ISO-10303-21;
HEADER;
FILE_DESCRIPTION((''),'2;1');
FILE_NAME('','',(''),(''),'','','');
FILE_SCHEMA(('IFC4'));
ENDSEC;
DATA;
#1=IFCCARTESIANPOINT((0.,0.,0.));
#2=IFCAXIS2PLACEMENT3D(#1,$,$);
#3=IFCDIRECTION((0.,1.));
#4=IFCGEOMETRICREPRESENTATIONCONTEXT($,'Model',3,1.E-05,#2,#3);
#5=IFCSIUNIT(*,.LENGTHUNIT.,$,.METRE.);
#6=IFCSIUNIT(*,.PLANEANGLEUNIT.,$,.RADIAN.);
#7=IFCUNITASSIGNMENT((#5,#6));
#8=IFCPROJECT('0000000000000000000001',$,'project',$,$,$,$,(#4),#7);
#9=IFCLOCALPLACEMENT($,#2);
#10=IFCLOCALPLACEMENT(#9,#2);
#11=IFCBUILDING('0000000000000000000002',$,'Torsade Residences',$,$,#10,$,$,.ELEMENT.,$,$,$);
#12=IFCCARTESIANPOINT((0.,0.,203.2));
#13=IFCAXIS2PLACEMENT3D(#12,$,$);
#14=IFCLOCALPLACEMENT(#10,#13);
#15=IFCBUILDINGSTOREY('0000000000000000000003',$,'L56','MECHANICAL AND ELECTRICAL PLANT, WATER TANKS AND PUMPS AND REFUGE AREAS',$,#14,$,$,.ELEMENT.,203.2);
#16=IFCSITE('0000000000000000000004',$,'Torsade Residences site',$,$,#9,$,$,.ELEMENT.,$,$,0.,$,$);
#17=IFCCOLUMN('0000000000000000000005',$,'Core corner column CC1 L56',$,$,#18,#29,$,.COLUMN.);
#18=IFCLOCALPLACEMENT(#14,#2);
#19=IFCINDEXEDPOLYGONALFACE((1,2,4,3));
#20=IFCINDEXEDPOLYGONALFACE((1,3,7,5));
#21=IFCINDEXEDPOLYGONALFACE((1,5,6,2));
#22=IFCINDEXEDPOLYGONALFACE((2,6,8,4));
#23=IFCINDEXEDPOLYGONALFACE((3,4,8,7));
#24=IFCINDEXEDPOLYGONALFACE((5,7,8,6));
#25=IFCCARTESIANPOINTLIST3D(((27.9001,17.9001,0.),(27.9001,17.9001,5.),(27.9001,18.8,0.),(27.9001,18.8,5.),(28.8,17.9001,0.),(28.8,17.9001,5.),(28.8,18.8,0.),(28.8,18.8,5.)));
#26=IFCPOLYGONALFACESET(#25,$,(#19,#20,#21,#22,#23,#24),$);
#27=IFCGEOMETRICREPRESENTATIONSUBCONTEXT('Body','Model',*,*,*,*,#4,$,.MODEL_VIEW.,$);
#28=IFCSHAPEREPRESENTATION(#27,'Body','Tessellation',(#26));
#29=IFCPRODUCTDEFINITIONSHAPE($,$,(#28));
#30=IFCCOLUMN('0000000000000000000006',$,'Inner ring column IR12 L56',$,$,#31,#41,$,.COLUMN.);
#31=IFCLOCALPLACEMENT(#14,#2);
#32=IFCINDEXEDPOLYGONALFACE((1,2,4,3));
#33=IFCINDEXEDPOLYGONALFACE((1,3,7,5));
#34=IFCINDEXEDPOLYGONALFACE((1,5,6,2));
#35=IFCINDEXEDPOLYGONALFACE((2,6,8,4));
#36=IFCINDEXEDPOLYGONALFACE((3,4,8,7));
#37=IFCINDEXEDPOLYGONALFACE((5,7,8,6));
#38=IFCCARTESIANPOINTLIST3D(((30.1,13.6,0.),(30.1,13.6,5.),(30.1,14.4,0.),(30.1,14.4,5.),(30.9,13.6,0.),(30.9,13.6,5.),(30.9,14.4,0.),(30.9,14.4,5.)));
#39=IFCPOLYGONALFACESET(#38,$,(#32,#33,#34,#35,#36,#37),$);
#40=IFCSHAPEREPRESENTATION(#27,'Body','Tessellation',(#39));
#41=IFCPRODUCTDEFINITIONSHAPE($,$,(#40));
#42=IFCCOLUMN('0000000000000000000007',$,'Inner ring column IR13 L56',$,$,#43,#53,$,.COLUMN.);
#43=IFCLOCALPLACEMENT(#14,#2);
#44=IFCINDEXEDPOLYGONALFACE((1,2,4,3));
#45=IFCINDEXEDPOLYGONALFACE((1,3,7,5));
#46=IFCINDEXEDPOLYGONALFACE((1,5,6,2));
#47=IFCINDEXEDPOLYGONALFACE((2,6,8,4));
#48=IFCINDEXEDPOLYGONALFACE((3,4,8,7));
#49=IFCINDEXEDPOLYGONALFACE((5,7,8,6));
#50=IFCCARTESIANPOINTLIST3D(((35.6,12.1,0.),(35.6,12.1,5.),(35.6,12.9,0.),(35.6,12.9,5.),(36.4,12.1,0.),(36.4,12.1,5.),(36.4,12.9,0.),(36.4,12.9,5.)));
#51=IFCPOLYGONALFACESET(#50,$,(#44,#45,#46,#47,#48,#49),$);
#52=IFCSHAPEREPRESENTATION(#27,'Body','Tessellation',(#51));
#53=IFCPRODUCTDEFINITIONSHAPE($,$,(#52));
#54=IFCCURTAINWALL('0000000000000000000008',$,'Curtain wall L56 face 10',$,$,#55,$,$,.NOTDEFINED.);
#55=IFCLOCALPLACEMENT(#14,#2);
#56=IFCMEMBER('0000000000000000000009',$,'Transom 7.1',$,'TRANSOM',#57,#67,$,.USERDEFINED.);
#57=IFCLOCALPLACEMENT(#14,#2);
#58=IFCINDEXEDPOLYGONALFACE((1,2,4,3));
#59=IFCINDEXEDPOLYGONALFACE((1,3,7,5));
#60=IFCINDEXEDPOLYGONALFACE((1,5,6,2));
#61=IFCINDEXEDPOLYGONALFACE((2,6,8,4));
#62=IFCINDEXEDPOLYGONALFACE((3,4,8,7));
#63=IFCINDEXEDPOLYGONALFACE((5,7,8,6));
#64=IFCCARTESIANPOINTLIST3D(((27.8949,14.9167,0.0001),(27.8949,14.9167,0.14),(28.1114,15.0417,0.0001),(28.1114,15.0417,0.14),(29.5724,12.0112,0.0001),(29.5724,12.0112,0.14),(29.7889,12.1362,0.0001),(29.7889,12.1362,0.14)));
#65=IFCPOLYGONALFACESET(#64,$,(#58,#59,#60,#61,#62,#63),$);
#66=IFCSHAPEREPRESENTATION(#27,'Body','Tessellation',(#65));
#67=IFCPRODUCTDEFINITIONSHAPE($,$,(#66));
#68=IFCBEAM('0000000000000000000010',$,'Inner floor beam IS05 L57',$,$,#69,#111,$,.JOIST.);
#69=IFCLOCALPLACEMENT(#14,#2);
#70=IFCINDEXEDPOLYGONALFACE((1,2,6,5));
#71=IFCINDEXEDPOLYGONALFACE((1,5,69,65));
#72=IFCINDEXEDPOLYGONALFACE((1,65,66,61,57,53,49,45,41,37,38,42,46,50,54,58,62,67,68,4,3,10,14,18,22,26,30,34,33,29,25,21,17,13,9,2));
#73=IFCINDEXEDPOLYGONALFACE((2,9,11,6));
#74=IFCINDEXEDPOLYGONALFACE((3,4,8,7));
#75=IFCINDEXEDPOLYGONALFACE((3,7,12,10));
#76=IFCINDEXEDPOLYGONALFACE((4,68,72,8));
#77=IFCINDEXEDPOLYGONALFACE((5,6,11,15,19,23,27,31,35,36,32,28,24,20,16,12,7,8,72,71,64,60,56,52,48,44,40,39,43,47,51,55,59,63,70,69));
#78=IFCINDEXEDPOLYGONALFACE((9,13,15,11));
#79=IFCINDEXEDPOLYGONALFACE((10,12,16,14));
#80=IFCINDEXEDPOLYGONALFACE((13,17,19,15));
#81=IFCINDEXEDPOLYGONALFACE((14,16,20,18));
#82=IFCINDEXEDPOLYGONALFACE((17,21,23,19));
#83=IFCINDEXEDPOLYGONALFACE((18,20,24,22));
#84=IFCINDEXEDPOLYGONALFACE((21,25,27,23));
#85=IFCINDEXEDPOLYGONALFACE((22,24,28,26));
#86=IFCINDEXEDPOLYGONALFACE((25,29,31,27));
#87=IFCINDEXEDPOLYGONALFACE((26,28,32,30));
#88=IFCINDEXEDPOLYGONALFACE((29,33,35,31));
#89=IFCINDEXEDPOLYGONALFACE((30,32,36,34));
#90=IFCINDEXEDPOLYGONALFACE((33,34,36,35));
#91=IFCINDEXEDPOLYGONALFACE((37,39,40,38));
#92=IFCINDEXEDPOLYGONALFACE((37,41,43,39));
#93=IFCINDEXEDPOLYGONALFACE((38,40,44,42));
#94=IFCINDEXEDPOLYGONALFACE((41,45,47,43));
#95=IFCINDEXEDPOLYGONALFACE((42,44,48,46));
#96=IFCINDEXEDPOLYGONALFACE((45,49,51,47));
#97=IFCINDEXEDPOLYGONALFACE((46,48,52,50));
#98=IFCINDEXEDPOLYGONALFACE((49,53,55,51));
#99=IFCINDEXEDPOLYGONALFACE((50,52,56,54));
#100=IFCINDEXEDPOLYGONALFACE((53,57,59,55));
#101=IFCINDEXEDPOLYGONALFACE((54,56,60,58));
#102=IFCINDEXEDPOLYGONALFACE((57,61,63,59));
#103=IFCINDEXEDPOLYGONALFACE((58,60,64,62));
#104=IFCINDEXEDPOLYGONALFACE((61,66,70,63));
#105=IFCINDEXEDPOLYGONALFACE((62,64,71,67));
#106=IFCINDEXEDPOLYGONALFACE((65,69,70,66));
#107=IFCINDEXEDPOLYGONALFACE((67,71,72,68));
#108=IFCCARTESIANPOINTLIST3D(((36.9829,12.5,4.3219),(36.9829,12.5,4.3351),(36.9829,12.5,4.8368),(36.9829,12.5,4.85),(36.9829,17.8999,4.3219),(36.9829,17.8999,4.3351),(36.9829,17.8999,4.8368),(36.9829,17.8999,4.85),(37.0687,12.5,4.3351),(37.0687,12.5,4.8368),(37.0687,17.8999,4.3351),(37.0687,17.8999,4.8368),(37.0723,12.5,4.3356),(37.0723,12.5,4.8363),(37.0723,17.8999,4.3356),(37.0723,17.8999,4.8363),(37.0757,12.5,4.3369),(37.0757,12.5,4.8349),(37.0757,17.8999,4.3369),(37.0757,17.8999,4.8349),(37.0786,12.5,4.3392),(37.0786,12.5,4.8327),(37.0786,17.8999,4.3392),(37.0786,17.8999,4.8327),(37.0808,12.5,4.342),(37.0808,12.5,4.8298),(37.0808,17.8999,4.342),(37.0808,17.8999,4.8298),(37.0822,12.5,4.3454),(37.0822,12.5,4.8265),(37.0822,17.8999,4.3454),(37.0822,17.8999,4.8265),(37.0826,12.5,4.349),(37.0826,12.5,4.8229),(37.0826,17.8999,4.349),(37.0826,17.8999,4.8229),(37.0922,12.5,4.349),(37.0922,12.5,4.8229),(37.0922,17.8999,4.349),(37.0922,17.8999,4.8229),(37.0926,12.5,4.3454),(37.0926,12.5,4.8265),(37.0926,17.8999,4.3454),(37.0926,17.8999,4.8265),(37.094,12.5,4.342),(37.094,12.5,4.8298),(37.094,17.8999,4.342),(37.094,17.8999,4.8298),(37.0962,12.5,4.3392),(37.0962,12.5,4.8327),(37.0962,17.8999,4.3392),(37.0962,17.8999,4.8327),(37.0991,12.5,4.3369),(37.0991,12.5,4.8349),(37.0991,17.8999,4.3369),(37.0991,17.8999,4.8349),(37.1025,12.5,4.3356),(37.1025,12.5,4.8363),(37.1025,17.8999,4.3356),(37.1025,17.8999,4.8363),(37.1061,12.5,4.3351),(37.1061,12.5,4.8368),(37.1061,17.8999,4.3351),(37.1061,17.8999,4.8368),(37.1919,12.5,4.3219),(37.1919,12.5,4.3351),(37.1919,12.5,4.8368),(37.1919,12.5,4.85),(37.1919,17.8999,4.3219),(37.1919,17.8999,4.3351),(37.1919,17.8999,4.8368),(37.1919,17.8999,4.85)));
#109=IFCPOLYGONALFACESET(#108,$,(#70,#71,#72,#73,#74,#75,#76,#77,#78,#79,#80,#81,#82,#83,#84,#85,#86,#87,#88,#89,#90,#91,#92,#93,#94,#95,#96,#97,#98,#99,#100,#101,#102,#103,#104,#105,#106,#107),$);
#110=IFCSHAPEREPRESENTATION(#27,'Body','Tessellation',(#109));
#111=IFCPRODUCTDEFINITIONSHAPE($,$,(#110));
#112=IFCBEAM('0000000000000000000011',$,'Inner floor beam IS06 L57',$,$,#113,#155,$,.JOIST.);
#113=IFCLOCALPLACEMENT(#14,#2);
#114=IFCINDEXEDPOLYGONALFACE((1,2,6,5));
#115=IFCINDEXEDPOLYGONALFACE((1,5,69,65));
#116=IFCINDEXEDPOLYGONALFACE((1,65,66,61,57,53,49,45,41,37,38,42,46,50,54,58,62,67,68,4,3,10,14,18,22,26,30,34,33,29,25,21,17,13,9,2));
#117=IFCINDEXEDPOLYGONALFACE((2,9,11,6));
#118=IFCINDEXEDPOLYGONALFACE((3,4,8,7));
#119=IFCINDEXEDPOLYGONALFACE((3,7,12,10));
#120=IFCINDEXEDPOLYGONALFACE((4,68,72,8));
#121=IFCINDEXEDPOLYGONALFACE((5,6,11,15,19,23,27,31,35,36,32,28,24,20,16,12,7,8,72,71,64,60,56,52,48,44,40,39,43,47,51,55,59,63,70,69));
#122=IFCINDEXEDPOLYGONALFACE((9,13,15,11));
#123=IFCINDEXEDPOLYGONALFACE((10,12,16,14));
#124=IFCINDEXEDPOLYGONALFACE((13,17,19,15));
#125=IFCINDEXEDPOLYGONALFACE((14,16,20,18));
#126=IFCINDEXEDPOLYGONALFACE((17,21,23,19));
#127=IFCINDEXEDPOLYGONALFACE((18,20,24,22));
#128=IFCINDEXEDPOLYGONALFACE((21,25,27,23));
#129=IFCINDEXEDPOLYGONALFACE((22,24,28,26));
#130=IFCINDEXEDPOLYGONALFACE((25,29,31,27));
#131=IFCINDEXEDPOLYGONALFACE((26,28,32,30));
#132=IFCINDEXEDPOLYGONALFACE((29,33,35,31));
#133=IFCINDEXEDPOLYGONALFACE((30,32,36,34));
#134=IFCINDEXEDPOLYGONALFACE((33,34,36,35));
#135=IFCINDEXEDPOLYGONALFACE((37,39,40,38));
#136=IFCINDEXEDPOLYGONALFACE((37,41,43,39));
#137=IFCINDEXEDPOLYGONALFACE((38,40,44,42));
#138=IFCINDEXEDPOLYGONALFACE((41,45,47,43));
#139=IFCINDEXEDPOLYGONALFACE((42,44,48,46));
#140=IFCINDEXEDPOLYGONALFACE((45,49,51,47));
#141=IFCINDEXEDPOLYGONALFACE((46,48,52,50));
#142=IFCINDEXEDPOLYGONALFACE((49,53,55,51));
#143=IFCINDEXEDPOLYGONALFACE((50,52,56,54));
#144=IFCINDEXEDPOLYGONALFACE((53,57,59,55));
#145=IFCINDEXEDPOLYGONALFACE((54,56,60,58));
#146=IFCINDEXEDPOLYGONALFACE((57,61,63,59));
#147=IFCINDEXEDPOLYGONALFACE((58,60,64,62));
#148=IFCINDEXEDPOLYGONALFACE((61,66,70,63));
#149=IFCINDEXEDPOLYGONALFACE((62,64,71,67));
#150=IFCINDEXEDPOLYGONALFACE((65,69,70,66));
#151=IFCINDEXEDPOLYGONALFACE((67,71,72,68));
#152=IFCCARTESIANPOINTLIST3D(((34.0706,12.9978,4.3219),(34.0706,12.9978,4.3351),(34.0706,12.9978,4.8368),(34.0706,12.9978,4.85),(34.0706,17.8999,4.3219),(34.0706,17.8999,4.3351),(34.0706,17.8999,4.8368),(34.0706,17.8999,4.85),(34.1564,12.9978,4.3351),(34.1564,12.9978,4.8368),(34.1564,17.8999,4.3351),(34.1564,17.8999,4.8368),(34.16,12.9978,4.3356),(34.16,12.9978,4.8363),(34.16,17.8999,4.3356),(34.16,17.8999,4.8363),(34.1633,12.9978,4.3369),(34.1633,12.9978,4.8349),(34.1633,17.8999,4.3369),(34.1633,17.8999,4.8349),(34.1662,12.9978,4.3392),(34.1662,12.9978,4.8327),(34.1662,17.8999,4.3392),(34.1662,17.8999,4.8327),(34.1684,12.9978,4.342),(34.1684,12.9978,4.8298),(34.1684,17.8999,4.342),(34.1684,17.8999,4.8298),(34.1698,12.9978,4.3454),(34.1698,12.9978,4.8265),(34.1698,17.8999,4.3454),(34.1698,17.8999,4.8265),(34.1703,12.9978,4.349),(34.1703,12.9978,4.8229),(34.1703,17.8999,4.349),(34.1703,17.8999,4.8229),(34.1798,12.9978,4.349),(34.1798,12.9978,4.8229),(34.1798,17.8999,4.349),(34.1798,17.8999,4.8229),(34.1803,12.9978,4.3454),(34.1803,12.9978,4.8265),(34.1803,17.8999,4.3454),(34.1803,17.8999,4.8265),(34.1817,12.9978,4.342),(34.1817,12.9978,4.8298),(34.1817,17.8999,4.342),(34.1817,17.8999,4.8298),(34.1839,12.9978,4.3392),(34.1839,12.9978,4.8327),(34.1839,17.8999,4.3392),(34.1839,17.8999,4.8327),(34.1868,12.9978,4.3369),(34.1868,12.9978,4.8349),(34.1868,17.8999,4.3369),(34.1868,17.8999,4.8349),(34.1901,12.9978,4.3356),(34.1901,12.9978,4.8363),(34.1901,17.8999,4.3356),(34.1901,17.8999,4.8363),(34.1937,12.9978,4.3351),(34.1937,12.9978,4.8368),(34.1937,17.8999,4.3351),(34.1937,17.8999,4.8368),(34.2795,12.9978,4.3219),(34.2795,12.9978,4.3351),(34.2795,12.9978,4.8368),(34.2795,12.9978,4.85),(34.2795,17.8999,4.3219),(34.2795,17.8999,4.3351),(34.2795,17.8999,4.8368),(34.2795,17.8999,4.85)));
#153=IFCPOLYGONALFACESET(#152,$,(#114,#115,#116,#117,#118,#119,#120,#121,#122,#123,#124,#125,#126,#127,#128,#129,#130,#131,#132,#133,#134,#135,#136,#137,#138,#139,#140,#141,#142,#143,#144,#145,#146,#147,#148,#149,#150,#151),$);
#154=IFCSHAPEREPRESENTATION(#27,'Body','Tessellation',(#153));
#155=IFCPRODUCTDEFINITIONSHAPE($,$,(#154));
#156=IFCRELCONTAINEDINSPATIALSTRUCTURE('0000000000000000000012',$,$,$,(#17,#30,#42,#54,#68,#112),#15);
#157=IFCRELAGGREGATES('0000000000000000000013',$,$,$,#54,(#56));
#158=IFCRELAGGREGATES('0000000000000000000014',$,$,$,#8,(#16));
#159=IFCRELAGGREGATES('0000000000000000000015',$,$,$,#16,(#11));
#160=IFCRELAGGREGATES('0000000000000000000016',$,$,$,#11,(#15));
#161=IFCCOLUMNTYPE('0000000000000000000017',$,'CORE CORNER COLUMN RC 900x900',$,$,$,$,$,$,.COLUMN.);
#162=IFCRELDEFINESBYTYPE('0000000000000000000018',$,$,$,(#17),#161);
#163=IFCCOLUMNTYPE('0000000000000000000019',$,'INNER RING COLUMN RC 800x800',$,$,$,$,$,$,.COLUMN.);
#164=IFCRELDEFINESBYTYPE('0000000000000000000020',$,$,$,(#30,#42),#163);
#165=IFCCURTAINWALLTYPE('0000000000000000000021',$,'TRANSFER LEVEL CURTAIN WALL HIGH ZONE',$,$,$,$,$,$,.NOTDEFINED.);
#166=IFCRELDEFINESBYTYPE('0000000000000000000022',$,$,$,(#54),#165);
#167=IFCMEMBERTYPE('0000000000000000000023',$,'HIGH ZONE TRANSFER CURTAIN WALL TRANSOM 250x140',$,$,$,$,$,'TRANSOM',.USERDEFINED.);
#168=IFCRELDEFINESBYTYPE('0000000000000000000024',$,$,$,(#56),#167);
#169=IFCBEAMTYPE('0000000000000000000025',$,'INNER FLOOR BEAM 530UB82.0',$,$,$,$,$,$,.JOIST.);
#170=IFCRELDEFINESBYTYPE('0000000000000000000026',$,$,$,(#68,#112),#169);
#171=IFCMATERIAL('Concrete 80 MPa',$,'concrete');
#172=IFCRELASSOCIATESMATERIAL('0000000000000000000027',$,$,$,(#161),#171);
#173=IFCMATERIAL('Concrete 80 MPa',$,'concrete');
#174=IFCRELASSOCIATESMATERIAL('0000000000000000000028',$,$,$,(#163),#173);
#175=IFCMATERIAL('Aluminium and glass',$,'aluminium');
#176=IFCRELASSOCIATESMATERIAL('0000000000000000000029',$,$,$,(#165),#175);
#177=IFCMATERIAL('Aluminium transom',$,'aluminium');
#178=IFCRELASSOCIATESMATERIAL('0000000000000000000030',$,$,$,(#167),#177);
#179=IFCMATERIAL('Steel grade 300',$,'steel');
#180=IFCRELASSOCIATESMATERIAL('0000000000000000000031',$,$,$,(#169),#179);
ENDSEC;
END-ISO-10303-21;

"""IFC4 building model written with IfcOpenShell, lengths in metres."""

from ifc_helpers import new_model, si_unit, direction, frame, origin, origin_2d, place, context, subcontext, project, spatial, rectangle, i_section, extrude, material, material_profile, profile_set, type_object, element, aggregate, save


model = new_model("IFC4")

# Units and contexts
model_context = context("Model", 3, precision=1e-05, world=origin(), true_north=direction((0.0, 1.0)))
body_context = subcontext(model_context, "Body", "Model", "MODEL_VIEW")
ifc_project = project(units=[si_unit("LENGTHUNIT", "METRE"), si_unit("PLANEANGLEUNIT", "RADIAN")], contexts=[model_context])

# Site, building, storey
site_placement = place(None, origin())
site = spatial("IfcSite", under=ifc_project, at=site_placement, Name="Torsade Residences site", CompositionType="ELEMENT", RefElevation=0.0)
building_placement = place(site_placement, origin())
building = spatial("IfcBuilding", under=site, at=building_placement, Name="Torsade Residences", CompositionType="ELEMENT")
storey_placement = place(building_placement, frame((0.0, 0.0, 203.2)))
storey = spatial("IfcBuildingStorey", under=building, at=storey_placement, Name="L56", Description="MECHANICAL AND ELECTRICAL PLANT, WATER TANKS AND PUMPS AND REFUGE AREAS", CompositionType="ELEMENT", Elevation=203.2)

# Columns
ifc_material_1 = material(Name="Concrete 80 MPa", Category="concrete")
ifc_material_profile_1 = material_profile(ifc_material_1, rectangle(XDim=0.8999, YDim=0.8999, at=origin_2d()), Name="RC 900x900")
ifc_profile_set_1 = profile_set([ifc_material_profile_1], Name="Concrete 80 MPa")
column_type_1 = type_object("IfcColumnType", Name="CORE CORNER COLUMN RC 900x900", PredefinedType="COLUMN", material=ifc_profile_set_1)
column_placement = place(storey_placement, frame((28.3501, 18.3501, 0.0), z_axis=(0.0, 0.0, 1.0), x_axis=(1.0, 0.0, 0.0)))
element("IfcColumn", 1, at=column_placement, inside=storey, type_object=column_type_1, Name="Core corner column CC1 L56", PredefinedType="COLUMN", context=body_context, shape_type="SweptSolid", body=[
    extrude(rectangle(XDim=0.8999, YDim=0.8999, at=origin_2d()), origin(), (0.0, 0.0, 1.0), 5.0),
])
ifc_material_2 = material(Name="Concrete 80 MPa", Category="concrete")
ifc_material_profile_2 = material_profile(ifc_material_2, rectangle(XDim=0.8, YDim=0.8, at=origin_2d()), Name="RC 800x800")
ifc_profile_set_2 = profile_set([ifc_material_profile_2], Name="Concrete 80 MPa")
column_type_2 = type_object("IfcColumnType", Name="INNER RING COLUMN RC 800x800", PredefinedType="COLUMN", material=ifc_profile_set_2)
for number, where, z_axis, x_axis, name in (
    (2, (30.5, 14.0, 0.0), (0.0, 0.0, 1.0), (1.0, 0.0, 0.0), "Inner ring column IR12 L56"),
    (3, (36.0, 12.5, 0.0), (0.0, 0.0, 1.0), (1.0, 0.0, 0.0), "Inner ring column IR13 L56"),
):
    element("IfcColumn", number, at=place(storey_placement, frame(where, z_axis=z_axis, x_axis=x_axis)), inside=storey, type_object=column_type_2, Name=name, PredefinedType="COLUMN", context=body_context, shape_type="SweptSolid", body=[
        extrude(rectangle(XDim=0.8, YDim=0.8, at=origin_2d()), origin(), (0.0, 0.0, 1.0), 5.0),
    ])

# Curtain wall, member
ifc_material_3 = material(Name="Aluminium and glass", Category="aluminium")
curtain_wall_type = type_object("IfcCurtainWallType", Name="TRANSFER LEVEL CURTAIN WALL HIGH ZONE", PredefinedType="NOTDEFINED", material=ifc_material_3)
curtain_wall_placement = place(storey_placement, origin())
curtain_wall = element("IfcCurtainWall", 4, at=curtain_wall_placement, inside=storey, type_object=curtain_wall_type, Name="Curtain wall L56 face 10", PredefinedType="NOTDEFINED")
ifc_material_4 = material(Name="Aluminium transom", Category="aluminium")
ifc_material_profile_3 = material_profile(ifc_material_4, rectangle(XDim=0.25, YDim=0.1399, at=origin_2d()), Name="HIGH ZONE TRANSFER CURTAIN WALL TRANSOM 250x140")
ifc_profile_set_3 = profile_set([ifc_material_profile_3], Name="Aluminium transom")
member_type_1 = type_object("IfcMemberType", Name="HIGH ZONE TRANSFER CURTAIN WALL TRANSOM 250x140", ElementType="TRANSOM", PredefinedType="USERDEFINED", material=ifc_profile_set_3)
member_1_placement = place(storey_placement, frame((28.0032, 14.9792, 0.0701), z_axis=(0.499998, -0.866027, 0.0), x_axis=(0.866027, 0.499998, 0.0)))
member_1 = element("IfcMember", 5, at=member_1_placement, type_object=member_type_1, Name="Transom 7.1", ObjectType="TRANSOM", PredefinedType="USERDEFINED", context=body_context, shape_type="SweptSolid", body=[
    extrude(rectangle(XDim=0.25, YDim=0.1399, at=origin_2d()), origin(), (0.0, 0.0, 1.0), 3.355),
])

# Beams
ifc_material_5 = material(Name="Steel grade 300", Category="steel")
ifc_material_profile_4 = material_profile(ifc_material_5, i_section(OverallWidth=0.209, OverallDepth=0.5281, WebThickness=0.0095, FlangeThickness=0.0132, FilletRadius=0.0139, at=origin_2d()), Name="530UB82.0")
ifc_profile_set_4 = profile_set([ifc_material_profile_4], Name="Steel grade 300")
beam_type_1 = type_object("IfcBeamType", Name="INNER FLOOR BEAM 530UB82.0", PredefinedType="JOIST", material=ifc_profile_set_4)
beam_1_placement = place(storey_placement, frame((37.0874, 17.8999, 4.5859), z_axis=(0.0, -1.0, 0.0), x_axis=(1.0, 0.0, 0.0)))
element("IfcBeam", 6, at=beam_1_placement, inside=storey, type_object=beam_type_1, Name="Inner floor beam IS05 L57", PredefinedType="JOIST", context=body_context, shape_type="SweptSolid", body=[
    extrude(i_section(OverallWidth=0.209, OverallDepth=0.5281, WebThickness=0.0095, FlangeThickness=0.0132, FilletRadius=0.0139, at=origin_2d()), origin(), (0.0, 0.0, 1.0), 5.3999),
])
beam_2_placement = place(storey_placement, frame((34.175, 17.8999, 4.5859), z_axis=(0.0, -1.0, 0.0), x_axis=(1.0, 0.0, 0.0)))
element("IfcBeam", 7, at=beam_2_placement, inside=storey, type_object=beam_type_1, Name="Inner floor beam IS06 L57", PredefinedType="JOIST", context=body_context, shape_type="SweptSolid", body=[
    extrude(i_section(OverallWidth=0.209, OverallDepth=0.5281, WebThickness=0.0095, FlangeThickness=0.0132, FilletRadius=0.0139, at=origin_2d()), origin(), (0.0, 0.0, 1.0), 4.9021),
])

aggregate(curtain_wall, [member_1])

save(model, "model.ifc")
